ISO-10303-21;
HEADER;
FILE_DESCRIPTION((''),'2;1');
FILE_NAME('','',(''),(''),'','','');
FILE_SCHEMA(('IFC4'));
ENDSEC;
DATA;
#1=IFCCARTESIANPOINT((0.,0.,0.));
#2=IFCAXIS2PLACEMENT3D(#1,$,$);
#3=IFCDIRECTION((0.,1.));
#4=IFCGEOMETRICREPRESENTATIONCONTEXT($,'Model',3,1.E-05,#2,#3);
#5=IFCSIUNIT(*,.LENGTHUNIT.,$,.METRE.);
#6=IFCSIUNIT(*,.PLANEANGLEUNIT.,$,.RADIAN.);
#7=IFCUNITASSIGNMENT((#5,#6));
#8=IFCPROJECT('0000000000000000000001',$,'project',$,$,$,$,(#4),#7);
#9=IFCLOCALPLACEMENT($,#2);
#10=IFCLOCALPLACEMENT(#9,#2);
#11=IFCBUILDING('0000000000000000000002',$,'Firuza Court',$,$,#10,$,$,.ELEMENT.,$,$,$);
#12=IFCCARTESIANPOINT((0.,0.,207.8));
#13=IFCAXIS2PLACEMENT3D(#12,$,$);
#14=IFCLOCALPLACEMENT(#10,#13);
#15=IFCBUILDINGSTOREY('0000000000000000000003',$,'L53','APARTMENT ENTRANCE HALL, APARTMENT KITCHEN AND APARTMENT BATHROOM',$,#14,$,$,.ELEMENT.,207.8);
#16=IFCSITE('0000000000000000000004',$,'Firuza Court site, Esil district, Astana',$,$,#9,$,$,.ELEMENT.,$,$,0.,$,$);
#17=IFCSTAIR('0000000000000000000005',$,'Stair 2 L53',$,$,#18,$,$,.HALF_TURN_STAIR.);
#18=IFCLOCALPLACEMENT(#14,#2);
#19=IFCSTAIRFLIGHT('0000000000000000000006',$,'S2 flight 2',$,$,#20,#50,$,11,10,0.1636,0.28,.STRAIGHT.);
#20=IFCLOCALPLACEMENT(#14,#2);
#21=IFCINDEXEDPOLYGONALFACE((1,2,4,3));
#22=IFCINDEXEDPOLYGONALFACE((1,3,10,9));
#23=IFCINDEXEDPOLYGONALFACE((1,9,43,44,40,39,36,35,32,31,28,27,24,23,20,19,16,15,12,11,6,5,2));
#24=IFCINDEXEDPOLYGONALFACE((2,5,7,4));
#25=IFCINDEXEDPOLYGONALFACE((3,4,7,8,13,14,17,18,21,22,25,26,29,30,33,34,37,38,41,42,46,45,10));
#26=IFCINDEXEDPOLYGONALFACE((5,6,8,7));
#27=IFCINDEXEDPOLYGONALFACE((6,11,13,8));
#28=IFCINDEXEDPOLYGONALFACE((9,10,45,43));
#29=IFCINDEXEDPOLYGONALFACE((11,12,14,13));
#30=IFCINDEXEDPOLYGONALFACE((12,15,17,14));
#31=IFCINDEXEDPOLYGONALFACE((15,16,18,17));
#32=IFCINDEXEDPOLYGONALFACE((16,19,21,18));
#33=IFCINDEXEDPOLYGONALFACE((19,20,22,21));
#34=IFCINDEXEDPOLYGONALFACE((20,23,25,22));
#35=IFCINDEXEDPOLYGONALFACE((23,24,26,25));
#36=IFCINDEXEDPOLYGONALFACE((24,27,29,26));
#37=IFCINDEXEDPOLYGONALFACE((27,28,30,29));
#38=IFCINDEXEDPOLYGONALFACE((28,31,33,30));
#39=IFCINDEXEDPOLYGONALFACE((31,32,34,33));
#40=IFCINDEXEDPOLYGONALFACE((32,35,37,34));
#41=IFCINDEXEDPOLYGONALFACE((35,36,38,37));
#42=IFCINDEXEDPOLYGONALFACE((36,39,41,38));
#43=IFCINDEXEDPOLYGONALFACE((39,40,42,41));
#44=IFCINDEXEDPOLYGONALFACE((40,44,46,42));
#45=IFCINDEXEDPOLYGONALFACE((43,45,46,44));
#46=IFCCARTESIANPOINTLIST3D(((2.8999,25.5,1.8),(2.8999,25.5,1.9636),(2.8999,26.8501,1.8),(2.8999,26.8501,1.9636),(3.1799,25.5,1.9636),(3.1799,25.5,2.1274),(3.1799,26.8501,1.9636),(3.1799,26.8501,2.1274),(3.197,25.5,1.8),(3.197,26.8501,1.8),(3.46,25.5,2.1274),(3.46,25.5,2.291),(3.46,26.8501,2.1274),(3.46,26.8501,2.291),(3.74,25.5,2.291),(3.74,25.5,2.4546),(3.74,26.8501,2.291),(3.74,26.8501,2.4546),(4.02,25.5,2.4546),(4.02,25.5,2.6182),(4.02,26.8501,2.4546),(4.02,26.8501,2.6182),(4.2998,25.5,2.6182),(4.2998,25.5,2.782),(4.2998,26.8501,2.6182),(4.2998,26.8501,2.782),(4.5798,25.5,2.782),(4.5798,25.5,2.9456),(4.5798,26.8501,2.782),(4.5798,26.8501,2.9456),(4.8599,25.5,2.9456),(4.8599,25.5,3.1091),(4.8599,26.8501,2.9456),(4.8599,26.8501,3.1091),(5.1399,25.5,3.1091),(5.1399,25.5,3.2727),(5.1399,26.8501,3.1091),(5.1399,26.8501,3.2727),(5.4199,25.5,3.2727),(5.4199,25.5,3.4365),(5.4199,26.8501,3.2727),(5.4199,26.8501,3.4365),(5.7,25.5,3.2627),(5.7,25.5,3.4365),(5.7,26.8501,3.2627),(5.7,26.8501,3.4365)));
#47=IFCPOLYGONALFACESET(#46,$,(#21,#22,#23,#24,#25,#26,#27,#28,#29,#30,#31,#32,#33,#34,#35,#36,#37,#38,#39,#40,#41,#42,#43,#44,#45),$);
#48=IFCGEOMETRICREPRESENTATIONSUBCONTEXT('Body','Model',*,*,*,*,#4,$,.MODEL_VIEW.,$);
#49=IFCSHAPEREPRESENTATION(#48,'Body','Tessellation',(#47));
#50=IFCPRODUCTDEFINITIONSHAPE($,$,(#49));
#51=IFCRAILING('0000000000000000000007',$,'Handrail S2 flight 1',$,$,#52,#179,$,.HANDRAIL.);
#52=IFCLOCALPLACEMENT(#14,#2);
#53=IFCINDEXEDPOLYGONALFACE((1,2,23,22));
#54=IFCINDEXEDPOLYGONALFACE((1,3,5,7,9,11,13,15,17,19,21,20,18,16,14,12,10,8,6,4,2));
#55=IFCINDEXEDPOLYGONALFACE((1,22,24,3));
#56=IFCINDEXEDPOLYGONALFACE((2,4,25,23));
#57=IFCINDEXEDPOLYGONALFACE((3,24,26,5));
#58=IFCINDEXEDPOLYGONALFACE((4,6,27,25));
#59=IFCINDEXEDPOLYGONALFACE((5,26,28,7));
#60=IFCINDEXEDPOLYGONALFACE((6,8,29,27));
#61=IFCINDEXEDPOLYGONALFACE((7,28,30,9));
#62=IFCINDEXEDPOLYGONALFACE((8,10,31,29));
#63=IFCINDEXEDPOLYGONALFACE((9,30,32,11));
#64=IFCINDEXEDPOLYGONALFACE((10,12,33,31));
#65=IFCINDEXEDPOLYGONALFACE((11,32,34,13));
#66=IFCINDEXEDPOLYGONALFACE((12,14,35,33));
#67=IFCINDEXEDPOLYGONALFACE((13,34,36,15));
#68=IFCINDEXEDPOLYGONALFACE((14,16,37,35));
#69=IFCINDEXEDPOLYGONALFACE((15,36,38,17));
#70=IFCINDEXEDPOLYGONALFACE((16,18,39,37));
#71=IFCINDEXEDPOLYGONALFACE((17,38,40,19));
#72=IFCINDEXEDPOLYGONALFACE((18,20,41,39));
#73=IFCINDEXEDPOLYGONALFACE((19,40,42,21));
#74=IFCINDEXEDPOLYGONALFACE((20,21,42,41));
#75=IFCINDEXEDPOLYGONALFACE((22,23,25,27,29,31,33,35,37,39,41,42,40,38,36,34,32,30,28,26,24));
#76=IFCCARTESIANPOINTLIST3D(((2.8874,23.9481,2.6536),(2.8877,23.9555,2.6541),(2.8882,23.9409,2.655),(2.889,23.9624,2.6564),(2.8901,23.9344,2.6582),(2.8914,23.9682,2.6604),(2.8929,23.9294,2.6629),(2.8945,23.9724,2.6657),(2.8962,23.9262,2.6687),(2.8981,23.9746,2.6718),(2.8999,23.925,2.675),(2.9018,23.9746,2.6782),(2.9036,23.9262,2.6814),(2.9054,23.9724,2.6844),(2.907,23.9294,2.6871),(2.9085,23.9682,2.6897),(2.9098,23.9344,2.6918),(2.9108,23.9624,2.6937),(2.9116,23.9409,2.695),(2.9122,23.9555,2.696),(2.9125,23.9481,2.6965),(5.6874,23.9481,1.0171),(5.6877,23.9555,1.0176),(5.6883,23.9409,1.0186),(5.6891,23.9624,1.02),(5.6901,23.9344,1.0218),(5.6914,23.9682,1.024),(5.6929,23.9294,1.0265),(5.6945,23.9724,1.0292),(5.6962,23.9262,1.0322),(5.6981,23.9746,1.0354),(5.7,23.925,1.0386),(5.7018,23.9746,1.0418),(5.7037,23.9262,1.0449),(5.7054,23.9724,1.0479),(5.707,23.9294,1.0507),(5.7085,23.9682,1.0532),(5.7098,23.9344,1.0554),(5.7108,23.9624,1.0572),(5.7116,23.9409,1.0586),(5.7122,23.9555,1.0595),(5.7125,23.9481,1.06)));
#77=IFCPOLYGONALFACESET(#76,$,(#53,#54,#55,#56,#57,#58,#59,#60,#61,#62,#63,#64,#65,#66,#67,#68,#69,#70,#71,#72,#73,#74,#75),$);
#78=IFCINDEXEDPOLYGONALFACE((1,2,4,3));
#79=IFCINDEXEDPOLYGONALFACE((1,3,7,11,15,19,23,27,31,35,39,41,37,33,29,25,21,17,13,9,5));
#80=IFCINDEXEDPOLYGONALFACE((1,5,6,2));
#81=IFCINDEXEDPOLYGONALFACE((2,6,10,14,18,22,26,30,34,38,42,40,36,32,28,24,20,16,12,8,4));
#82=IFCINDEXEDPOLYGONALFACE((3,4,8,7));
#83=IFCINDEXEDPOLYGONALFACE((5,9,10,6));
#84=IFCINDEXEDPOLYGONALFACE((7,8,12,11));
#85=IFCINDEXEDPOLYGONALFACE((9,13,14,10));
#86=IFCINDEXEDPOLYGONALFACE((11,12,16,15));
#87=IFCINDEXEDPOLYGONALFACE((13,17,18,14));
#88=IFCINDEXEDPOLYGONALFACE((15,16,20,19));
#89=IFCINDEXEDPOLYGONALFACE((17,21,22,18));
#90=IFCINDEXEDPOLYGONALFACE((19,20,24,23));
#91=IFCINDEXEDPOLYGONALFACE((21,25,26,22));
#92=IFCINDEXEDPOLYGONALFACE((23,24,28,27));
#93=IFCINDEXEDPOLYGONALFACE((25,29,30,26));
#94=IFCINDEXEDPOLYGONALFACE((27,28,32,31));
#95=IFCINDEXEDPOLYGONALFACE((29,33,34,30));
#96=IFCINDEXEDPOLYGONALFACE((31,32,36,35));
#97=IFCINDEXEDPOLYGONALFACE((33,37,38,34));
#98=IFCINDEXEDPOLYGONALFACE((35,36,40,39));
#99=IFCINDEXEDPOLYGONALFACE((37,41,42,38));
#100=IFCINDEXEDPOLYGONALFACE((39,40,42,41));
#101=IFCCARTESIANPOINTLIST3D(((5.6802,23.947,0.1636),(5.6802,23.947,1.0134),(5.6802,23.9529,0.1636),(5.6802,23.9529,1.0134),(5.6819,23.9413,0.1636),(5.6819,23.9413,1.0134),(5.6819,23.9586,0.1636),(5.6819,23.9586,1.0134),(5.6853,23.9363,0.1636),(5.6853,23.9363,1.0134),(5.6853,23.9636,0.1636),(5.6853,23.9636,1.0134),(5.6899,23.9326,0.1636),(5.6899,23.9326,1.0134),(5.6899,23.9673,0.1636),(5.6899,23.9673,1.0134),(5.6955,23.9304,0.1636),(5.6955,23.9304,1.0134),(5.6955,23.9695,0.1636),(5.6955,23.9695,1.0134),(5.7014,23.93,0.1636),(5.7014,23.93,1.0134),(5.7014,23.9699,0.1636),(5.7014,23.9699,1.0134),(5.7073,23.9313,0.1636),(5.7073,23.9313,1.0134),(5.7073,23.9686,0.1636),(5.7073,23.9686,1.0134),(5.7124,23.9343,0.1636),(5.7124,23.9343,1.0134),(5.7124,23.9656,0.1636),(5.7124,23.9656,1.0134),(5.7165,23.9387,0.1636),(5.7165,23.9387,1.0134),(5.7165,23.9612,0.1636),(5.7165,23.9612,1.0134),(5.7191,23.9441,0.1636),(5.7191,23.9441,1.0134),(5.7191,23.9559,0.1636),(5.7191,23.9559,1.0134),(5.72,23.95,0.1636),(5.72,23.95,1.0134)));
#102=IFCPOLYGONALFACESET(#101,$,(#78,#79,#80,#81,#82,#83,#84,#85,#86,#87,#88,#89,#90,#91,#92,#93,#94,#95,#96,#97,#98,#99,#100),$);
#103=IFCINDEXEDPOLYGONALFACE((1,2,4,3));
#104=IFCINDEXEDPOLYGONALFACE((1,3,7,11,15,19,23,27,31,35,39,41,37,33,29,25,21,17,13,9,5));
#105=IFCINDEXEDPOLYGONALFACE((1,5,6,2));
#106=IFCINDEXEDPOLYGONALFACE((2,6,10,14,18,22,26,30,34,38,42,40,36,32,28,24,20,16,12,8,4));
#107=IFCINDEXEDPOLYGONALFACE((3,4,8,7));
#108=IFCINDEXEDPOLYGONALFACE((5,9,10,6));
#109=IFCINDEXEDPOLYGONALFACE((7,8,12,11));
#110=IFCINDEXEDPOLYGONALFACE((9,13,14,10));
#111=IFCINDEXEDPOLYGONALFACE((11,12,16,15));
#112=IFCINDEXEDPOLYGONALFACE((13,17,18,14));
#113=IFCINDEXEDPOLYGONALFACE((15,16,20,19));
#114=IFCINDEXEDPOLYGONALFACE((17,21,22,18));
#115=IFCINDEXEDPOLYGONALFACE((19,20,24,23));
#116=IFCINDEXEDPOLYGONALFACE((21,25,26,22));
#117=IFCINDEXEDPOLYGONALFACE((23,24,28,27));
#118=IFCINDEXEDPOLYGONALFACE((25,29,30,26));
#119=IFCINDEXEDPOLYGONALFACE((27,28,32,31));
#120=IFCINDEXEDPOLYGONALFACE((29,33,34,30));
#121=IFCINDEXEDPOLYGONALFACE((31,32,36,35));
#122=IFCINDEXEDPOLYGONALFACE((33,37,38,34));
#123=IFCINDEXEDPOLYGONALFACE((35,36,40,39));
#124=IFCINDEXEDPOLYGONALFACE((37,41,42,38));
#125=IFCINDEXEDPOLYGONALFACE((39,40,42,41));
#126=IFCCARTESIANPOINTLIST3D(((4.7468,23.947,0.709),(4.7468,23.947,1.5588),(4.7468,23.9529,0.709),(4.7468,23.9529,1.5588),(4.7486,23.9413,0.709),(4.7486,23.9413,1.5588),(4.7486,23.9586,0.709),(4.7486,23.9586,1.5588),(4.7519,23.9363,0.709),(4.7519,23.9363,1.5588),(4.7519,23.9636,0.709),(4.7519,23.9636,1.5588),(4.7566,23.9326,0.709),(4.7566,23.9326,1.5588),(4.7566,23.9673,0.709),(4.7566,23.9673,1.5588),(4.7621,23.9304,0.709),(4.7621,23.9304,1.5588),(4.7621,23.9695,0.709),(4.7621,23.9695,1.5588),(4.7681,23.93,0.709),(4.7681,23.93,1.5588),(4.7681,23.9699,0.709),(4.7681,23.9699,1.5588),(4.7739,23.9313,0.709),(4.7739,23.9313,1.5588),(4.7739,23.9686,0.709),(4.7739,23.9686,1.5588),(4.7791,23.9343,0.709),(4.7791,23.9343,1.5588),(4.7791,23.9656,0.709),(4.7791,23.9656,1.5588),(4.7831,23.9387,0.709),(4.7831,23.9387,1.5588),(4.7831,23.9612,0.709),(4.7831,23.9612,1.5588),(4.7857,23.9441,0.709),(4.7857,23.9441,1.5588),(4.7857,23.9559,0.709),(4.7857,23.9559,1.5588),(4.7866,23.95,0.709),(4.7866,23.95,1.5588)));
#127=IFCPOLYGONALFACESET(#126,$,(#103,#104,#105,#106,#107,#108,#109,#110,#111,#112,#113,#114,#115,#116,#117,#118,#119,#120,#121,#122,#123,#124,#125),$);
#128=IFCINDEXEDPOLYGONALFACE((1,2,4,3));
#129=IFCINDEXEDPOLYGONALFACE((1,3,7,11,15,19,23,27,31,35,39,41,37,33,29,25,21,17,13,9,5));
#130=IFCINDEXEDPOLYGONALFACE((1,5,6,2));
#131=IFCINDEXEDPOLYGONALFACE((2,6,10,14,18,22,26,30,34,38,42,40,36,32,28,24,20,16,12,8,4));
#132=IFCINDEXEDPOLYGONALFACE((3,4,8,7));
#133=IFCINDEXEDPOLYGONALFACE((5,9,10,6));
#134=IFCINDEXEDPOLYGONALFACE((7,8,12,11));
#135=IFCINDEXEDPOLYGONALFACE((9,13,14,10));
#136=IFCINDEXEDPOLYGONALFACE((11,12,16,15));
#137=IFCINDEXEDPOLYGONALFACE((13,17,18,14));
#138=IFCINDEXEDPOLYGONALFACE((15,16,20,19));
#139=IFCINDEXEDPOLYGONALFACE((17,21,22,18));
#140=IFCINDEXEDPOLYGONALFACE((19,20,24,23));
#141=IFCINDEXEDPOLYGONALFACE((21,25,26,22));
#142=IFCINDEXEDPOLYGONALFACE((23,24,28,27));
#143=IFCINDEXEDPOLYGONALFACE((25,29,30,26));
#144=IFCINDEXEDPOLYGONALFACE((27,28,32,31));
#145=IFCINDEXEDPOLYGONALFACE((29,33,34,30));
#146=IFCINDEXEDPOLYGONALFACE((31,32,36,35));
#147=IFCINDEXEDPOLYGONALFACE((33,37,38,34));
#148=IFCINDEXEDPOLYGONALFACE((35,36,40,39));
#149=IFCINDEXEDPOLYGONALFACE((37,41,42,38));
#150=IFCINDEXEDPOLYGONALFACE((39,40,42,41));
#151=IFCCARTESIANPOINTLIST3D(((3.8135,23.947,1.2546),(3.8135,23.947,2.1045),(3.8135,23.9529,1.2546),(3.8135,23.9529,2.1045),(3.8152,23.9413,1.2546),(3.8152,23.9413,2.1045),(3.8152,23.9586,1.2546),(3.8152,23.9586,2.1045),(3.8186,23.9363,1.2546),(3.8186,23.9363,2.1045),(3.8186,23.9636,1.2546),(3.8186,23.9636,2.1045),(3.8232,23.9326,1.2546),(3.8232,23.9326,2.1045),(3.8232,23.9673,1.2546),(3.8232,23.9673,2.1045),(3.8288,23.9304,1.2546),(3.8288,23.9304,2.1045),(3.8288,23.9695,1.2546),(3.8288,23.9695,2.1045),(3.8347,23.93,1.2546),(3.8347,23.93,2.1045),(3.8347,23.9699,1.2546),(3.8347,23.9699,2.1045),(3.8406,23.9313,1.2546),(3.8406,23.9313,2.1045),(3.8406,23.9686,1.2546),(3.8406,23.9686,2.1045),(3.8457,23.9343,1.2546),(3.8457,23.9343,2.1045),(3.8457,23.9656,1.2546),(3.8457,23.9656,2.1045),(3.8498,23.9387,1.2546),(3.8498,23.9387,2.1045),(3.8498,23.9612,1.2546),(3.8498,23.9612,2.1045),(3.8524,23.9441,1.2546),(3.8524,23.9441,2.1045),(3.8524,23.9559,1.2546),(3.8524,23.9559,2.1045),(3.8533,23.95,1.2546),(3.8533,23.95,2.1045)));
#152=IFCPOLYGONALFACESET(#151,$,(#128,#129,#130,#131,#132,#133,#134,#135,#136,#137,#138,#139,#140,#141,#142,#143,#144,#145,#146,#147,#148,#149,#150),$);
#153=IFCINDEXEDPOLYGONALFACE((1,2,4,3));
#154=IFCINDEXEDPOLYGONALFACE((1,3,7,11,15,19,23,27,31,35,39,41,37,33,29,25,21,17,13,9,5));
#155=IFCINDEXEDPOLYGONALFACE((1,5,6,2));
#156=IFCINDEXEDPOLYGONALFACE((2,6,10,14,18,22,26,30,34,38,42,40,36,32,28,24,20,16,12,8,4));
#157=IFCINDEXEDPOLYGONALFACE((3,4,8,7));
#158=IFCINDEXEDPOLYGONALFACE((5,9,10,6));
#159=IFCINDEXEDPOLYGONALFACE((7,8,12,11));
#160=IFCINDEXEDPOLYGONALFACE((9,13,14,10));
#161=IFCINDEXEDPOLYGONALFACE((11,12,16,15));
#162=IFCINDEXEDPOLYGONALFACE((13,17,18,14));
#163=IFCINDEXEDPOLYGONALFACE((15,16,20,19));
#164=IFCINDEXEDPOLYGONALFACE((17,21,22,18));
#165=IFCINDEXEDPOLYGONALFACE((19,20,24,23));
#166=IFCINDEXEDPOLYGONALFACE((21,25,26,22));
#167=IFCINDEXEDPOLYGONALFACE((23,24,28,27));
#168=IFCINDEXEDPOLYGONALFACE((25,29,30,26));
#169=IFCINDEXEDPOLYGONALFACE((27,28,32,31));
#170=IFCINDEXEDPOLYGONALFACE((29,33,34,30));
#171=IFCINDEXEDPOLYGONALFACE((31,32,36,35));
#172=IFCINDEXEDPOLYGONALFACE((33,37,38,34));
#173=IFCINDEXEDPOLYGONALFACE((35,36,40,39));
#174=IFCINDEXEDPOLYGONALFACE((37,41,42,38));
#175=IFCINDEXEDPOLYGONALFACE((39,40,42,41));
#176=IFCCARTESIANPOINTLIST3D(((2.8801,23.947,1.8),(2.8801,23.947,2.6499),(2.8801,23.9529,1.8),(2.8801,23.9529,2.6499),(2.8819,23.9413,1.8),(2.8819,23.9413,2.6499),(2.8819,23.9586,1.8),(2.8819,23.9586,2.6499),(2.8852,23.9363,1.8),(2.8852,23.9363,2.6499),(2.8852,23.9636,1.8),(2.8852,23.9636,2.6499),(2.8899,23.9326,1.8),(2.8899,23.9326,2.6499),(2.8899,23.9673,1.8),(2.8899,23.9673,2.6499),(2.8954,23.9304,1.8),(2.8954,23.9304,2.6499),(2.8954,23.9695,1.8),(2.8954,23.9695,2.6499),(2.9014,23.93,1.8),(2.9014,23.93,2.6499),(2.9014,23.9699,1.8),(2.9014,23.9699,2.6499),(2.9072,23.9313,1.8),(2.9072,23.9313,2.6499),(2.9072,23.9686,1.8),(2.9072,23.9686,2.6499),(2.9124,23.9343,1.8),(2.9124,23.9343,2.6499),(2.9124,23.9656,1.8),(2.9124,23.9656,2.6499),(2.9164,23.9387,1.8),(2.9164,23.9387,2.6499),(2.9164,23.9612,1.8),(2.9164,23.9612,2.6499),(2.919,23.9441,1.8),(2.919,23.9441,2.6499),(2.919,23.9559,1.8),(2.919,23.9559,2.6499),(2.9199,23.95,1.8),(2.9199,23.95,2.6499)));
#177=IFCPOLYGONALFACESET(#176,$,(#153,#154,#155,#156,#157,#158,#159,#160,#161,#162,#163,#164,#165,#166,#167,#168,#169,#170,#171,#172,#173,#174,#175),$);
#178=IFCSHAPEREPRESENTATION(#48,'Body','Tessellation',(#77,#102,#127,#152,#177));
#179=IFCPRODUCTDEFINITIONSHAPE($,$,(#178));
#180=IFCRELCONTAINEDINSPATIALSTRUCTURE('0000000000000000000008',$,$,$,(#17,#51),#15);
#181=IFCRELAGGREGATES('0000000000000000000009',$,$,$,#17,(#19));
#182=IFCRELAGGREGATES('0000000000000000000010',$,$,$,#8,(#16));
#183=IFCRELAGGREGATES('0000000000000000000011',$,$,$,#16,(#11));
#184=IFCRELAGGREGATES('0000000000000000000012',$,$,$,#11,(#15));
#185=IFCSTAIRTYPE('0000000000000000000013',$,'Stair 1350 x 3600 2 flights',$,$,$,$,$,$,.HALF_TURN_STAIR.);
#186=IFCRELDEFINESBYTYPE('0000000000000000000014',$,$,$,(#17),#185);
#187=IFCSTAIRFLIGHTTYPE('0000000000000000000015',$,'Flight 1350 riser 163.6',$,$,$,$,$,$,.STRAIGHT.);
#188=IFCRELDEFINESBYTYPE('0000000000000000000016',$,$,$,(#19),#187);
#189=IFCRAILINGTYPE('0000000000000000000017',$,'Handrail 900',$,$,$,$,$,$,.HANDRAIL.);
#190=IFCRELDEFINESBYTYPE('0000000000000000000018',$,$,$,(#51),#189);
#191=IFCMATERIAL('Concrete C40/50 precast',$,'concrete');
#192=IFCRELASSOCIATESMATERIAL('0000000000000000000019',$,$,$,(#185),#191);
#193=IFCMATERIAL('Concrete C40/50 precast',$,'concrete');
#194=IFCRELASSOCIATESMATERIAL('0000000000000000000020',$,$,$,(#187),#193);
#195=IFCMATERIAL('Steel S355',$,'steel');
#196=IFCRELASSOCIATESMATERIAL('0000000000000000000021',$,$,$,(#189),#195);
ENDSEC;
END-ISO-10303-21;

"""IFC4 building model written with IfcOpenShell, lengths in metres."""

from ifc_helpers import new_model, si_unit, direction, frame, origin, origin_2d, place, context, subcontext, project, spatial, polyline, circle, outline, extrude, material, type_object, element, aggregate, save


model = new_model("IFC4")

# Units and contexts
model_context = context("Model", 3, precision=1e-05, world=origin(), true_north=direction((0.0, 1.0)))
body_context = subcontext(model_context, "Body", "Model", "MODEL_VIEW")
ifc_project = project(units=[si_unit("LENGTHUNIT", "METRE"), si_unit("PLANEANGLEUNIT", "RADIAN")], contexts=[model_context])

# Site, building, storey
site_placement = place(None, origin())
site = spatial("IfcSite", under=ifc_project, at=site_placement, Name="Firuza Court site, Esil district, Astana", CompositionType="ELEMENT", RefElevation=0.0)
building_placement = place(site_placement, origin())
building = spatial("IfcBuilding", under=site, at=building_placement, Name="Firuza Court", CompositionType="ELEMENT")
storey_placement = place(building_placement, frame((0.0, 0.0, 207.8)))
storey = spatial("IfcBuildingStorey", under=building, at=storey_placement, Name="L53", Description="APARTMENT ENTRANCE HALL, APARTMENT KITCHEN AND APARTMENT BATHROOM", CompositionType="ELEMENT", Elevation=207.8)

# Stair, stair flight
ifc_material_1 = material(Name="Concrete C40/50 precast", Category="concrete")
stair_type = type_object("IfcStairType", Name="Stair 1350 x 3600 2 flights", PredefinedType="HALF_TURN_STAIR", material=ifc_material_1)
stair_placement = place(storey_placement, origin())
stair = element("IfcStair", 1, at=stair_placement, inside=storey, type_object=stair_type, Name="Stair 2 L53", PredefinedType="HALF_TURN_STAIR")
ifc_material_2 = material(Name="Concrete C40/50 precast", Category="concrete")
stair_flight_type = type_object("IfcStairFlightType", Name="Flight 1350 riser 163.6", PredefinedType="STRAIGHT", material=ifc_material_2)
stair_flight_1_placement = place(storey_placement, frame((2.8999, 26.175, 1.8), z_axis=(0.0, 0.0, 1.0), x_axis=(1.0, 0.0, 0.0)))
stair_flight_1 = element("IfcStairFlight", 2, at=stair_flight_1_placement, type_object=stair_flight_type, Name="S2 flight 2", NumberOfRisers=11, NumberOfTreads=10, PredefinedType="STRAIGHT", RiserHeight=0.1636, TreadLength=0.28, context=body_context, shape_type="SweptSolid", body=[
    extrude(outline(polyline([(0.0, 0.0), (0.0, 0.1636), (0.28, 0.1636), (0.28, 0.3274), (0.5601, 0.3274), (0.5601, 0.491), (0.8401, 0.491), (0.8401, 0.6545), (1.1201, 0.6545), (1.1201, 0.8181), (1.3999, 0.8181), (1.3999, 0.9819), (1.6799, 0.9819), (1.6799, 1.1455), (1.96, 1.1455), (1.96, 1.3091), (2.24, 1.3091), (2.24, 1.4727), (2.52, 1.4727), (2.52, 1.6365), (2.8, 1.6365), (2.8, 1.8), (2.8, 1.4626), (0.2971, 0.0), (0.0, 0.0)])), frame((0.0, 0.675, 0.0), z_axis=(0.0, -1.0, 0.0), x_axis=(1.0, 0.0, 0.0)), (0.0, 0.0, 1.0), 1.3501),
])
aggregate(stair, [stair_flight_1])

# Railing
ifc_material_3 = material(Name="Steel S355", Category="steel")
railing_type_1 = type_object("IfcRailingType", Name="Handrail 900", PredefinedType="HANDRAIL", material=ifc_material_3)
railing_1_placement = place(storey_placement, frame((5.7, 23.95, 0.1636)))
element("IfcRailing", 3, at=railing_1_placement, inside=storey, type_object=railing_type_1, Name="Handrail S2 flight 1", PredefinedType="HANDRAIL", context=body_context, shape_type="SweptSolid", body=[
    extrude(circle(Radius=0.0249, at=origin_2d()), frame((0.0, 0.0, 0.875), z_axis=(-0.863361, 0.0, 0.504587), x_axis=(0.0, -1.0, 0.0)), (0.0, 0.0, 1.0), 3.2432),
    extrude(circle(Radius=0.02, at=origin_2d()), origin(), (0.0, 0.0, 1.0), 0.8499),
    extrude(circle(Radius=0.02, at=origin_2d()), frame((-0.9333, 0.0, 0.5454)), (0.0, 0.0, 1.0), 0.8499),
    extrude(circle(Radius=0.02, at=origin_2d()), frame((-1.8667, 0.0, 1.0911)), (0.0, 0.0, 1.0), 0.8499),
    extrude(circle(Radius=0.02, at=origin_2d()), frame((-2.8, 0.0, 1.6365)), (0.0, 0.0, 1.0), 0.8499),
])

save(model, "model.ifc")
